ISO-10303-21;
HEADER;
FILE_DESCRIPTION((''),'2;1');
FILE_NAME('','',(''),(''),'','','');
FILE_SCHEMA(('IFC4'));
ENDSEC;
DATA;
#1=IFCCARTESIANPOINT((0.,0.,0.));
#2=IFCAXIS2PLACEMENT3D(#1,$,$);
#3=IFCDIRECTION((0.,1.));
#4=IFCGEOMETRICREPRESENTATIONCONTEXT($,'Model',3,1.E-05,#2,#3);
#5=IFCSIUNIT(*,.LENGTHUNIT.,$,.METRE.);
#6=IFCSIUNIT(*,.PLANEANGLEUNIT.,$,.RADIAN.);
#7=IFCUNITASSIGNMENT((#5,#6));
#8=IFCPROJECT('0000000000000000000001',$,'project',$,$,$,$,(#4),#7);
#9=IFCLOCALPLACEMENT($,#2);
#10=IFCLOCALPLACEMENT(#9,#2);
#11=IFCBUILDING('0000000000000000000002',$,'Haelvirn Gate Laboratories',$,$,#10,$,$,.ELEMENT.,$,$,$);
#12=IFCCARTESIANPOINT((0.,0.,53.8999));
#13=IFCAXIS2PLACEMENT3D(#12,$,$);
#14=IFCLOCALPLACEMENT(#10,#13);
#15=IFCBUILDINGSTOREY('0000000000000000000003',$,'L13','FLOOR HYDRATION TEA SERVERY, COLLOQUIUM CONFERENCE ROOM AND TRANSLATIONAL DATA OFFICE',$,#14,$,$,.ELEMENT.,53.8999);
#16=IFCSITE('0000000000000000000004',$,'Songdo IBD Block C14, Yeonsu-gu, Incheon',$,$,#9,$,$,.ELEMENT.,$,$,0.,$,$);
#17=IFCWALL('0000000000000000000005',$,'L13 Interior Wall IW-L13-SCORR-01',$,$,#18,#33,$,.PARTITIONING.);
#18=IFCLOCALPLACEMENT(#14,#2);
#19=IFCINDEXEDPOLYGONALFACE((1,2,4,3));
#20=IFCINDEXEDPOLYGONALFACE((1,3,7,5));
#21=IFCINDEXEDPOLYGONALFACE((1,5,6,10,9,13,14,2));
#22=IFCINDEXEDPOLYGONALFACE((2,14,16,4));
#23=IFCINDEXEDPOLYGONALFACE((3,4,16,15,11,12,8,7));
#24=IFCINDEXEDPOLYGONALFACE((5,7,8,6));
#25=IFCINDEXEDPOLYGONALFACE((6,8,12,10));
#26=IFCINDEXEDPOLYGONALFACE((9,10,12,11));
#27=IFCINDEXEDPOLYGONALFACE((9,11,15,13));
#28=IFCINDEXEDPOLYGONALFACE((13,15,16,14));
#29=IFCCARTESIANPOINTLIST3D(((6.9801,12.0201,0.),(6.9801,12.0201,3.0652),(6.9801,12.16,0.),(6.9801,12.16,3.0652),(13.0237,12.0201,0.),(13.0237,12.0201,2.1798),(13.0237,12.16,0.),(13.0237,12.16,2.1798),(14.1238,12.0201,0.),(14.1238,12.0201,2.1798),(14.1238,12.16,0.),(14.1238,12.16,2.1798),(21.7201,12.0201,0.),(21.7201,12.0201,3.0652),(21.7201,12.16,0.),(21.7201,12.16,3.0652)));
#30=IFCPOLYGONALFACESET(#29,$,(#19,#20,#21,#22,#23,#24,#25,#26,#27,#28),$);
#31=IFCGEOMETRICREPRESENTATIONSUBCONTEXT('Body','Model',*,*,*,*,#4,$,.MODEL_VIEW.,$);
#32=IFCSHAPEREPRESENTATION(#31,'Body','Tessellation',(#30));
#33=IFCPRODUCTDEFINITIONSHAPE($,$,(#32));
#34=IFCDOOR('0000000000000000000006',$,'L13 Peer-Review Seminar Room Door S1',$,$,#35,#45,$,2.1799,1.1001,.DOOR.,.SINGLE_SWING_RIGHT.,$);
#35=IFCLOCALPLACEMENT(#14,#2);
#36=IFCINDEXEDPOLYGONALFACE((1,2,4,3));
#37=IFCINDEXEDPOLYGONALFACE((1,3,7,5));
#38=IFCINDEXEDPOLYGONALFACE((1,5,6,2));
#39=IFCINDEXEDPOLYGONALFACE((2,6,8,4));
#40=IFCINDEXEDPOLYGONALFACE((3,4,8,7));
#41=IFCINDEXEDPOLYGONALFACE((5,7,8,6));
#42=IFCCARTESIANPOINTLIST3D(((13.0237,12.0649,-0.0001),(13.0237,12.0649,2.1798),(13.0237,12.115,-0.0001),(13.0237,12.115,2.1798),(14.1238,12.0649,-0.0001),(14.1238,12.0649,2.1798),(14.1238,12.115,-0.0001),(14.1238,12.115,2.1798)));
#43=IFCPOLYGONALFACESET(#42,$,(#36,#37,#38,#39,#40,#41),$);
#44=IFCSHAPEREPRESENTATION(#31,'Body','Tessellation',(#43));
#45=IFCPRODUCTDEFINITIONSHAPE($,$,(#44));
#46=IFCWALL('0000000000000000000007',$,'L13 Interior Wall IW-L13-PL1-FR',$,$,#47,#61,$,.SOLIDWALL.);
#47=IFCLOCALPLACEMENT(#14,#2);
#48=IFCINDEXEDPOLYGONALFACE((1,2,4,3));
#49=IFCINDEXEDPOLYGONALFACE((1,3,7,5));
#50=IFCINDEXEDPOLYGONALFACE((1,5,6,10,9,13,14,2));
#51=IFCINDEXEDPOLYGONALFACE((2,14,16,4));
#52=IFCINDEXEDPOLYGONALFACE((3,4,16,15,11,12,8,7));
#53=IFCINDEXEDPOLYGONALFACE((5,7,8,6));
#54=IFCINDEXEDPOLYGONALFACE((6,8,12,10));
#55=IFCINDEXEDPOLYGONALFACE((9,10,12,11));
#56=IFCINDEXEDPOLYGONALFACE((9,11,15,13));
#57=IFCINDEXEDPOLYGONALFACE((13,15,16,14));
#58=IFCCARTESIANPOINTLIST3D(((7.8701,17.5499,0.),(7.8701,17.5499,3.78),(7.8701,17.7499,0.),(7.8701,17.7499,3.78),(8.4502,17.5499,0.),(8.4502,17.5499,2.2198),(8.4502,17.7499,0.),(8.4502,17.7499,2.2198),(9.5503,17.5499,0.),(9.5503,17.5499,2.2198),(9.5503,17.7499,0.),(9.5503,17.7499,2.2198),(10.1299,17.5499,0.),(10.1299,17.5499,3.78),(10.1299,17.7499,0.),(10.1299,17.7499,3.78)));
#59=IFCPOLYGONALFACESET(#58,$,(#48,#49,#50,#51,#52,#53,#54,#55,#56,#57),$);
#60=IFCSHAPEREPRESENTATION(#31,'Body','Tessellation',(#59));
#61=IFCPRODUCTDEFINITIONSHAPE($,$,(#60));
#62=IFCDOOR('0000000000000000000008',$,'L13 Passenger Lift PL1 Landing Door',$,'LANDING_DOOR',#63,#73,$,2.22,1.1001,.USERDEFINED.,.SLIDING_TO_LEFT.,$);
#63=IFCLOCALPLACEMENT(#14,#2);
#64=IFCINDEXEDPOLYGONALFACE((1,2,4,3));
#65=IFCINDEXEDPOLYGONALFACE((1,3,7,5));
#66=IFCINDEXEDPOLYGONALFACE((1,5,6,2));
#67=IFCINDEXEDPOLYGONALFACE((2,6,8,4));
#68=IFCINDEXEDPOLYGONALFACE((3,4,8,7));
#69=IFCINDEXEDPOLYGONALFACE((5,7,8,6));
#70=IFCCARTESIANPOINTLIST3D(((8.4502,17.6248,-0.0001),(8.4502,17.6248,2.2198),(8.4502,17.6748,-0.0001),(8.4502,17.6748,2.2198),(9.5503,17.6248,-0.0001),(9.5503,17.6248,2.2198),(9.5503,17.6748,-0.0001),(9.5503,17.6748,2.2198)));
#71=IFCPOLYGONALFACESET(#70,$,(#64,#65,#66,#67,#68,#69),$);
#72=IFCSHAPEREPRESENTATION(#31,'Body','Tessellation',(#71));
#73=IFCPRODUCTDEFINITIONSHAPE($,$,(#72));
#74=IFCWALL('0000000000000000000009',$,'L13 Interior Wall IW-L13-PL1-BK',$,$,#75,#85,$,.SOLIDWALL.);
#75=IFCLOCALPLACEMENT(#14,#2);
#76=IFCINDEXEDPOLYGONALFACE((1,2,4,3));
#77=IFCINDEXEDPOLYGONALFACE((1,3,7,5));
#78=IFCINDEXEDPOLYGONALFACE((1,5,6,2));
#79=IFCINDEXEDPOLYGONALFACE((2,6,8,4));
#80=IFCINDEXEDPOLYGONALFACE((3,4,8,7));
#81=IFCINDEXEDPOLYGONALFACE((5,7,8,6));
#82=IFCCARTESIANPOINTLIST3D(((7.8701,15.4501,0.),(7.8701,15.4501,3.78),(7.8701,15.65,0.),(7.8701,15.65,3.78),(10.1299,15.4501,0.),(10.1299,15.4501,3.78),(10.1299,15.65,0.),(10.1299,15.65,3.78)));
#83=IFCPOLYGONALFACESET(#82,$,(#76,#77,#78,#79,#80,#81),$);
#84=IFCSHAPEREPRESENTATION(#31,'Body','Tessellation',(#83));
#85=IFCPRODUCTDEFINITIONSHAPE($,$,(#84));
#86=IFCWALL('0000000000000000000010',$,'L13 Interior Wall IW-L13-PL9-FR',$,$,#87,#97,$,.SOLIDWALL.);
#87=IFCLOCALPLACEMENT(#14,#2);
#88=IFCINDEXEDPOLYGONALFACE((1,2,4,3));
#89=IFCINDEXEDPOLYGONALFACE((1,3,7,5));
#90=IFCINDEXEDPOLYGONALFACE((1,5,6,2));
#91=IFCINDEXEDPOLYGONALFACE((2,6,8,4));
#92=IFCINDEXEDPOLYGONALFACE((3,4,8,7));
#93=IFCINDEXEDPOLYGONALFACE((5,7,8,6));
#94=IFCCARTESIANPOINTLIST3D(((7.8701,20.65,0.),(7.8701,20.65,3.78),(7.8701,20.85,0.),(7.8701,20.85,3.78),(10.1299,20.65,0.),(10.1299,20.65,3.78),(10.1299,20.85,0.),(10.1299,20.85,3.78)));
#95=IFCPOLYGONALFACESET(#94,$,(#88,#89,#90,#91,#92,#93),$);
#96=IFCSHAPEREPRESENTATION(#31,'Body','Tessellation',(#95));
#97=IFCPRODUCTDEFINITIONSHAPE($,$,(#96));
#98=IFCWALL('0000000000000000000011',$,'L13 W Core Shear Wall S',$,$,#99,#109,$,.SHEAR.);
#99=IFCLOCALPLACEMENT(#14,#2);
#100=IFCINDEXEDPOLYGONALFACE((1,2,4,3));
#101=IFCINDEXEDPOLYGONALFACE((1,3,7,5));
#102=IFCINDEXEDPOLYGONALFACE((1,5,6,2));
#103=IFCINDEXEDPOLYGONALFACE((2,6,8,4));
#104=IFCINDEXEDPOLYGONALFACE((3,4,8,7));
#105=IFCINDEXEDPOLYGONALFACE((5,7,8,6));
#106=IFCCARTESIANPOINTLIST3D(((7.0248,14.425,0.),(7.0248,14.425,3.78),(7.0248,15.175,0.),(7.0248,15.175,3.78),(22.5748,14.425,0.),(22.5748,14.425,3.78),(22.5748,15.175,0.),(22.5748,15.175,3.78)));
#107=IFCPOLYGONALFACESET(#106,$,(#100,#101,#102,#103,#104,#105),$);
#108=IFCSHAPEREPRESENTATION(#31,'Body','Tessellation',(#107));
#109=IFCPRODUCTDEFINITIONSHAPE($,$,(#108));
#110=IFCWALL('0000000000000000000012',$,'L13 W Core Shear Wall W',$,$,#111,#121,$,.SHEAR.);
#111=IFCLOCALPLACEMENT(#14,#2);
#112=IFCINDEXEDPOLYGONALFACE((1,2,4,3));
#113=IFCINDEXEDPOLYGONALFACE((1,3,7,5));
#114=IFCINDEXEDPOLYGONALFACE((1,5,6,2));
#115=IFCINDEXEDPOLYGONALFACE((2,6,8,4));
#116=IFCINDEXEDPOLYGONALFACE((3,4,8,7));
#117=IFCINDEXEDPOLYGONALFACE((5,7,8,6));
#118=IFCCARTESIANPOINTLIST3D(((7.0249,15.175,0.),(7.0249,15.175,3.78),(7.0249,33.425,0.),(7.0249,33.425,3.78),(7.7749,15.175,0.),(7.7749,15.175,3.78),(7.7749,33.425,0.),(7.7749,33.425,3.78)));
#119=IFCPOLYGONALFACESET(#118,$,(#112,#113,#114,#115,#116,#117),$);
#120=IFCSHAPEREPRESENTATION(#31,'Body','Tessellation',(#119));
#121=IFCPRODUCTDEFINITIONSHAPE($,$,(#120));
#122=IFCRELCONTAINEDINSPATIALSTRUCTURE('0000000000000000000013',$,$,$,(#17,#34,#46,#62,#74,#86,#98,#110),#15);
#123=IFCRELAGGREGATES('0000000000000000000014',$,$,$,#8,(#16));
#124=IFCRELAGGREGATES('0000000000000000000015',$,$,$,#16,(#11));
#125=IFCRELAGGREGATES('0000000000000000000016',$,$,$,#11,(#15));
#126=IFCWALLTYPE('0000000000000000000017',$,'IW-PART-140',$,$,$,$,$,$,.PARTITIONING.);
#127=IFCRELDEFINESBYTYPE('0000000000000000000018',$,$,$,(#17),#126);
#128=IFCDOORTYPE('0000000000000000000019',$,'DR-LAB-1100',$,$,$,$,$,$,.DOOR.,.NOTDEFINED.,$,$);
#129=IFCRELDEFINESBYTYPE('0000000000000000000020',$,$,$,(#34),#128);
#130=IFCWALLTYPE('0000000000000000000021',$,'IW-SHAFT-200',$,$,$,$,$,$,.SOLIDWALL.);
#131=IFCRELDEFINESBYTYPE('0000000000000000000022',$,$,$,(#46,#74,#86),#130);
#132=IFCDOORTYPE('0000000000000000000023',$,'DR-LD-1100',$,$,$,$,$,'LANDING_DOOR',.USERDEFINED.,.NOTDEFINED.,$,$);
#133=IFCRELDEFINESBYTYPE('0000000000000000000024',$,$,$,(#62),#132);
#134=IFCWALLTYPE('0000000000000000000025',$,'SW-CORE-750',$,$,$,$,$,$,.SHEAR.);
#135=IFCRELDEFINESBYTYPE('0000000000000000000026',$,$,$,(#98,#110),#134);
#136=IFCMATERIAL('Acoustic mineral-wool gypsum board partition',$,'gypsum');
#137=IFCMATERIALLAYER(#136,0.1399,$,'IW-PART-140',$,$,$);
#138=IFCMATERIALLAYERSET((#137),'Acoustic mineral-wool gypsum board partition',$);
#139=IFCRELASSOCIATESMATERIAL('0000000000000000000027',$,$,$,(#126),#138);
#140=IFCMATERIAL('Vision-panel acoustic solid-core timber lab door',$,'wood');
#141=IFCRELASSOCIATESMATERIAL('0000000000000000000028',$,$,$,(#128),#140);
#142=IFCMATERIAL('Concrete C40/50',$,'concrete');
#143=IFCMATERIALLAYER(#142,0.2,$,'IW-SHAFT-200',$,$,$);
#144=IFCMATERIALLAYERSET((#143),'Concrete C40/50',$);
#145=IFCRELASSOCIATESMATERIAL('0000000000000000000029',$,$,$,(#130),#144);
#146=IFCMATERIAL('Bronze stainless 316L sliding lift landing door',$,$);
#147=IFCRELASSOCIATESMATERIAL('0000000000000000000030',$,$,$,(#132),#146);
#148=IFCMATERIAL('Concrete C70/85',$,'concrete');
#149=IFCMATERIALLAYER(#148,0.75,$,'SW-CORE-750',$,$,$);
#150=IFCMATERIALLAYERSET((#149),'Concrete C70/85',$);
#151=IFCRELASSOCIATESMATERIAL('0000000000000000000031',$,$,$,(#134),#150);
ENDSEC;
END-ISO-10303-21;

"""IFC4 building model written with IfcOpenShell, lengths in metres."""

from ifc_helpers import new_model, si_unit, direction, frame, frame_2d, origin, place, context, subcontext, project, spatial, rectangle, extrude, source, transform, mapped, material, layer, layer_set, type_object, type_shapes, element, fill, save


model = new_model("IFC4")

# Units and contexts
model_context = context("Model", 3, precision=1e-05, world=origin(), true_north=direction((0.0, 1.0)))
body_context = subcontext(model_context, "Body", "Model", "MODEL_VIEW")
ifc_project = project(units=[si_unit("LENGTHUNIT", "METRE"), si_unit("PLANEANGLEUNIT", "RADIAN")], contexts=[model_context])

# Site, building, storey
site_placement = place(None, origin())
site = spatial("IfcSite", under=ifc_project, at=site_placement, Name="Songdo IBD Block C14, Yeonsu-gu, Incheon", CompositionType="ELEMENT", RefElevation=0.0)
building_placement = place(site_placement, origin())
building = spatial("IfcBuilding", under=site, at=building_placement, Name="Haelvirn Gate Laboratories", CompositionType="ELEMENT")
storey_placement = place(building_placement, frame((0.0, 0.0, 53.8999)))
storey = spatial("IfcBuildingStorey", under=building, at=storey_placement, Name="L13", Description="FLOOR HYDRATION TEA SERVERY, COLLOQUIUM CONFERENCE ROOM AND TRANSLATIONAL DATA OFFICE", CompositionType="ELEMENT", Elevation=53.8999)

# Shared definitions
ifc_material_1 = material(Name="Concrete C70/85", Category="concrete")

# Walls, openings, doors
ifc_material_2 = material(Name="Acoustic mineral-wool gypsum board partition", Category="gypsum")
ifc_layer_1 = layer(ifc_material_2, 0.1399, Name="IW-PART-140")
ifc_layer_set_1 = layer_set([ifc_layer_1], Name="Acoustic mineral-wool gypsum board partition")
wall_type_1 = type_object("IfcWallType", Name="IW-PART-140", PredefinedType="PARTITIONING", material=ifc_layer_set_1)
wall_1_placement = place(storey_placement, frame((6.98, 12.0901, 0.0), z_axis=(0.0, 0.0, 1.0), x_axis=(1.0, 0.0, 0.0)))
wall_1 = element("IfcWall", 1, at=wall_1_placement, inside=storey, type_object=wall_type_1, Name="L13 Interior Wall IW-L13-SCORR-01", PredefinedType="PARTITIONING", context=body_context, shape_type="SweptSolid", body=[
    extrude(rectangle(XDim=14.74, YDim=0.1399, at=frame_2d((7.3701, 0.0))), origin(), (0.0, 0.0, 1.0), 3.0652),
])
opening_1_placement = place(wall_1_placement, frame((6.0437, 0.0, 0.0)))
opening_1 = element("IfcOpeningElement", 2, at=opening_1_placement, cuts=wall_1, PredefinedType="OPENING", context=body_context, shape_type="SweptSolid", body=[
    extrude(rectangle(XDim=1.1001, YDim=2.1799, at=frame_2d((0.55, 1.0898))), frame((0.0, 0.0801, 0.0), z_axis=(0.0, -1.0, 0.0), x_axis=(1.0, 0.0, 0.0)), (0.0, 0.0, 1.0), 0.1599),
])
ifc_material_3 = material(Name="Vision-panel acoustic solid-core timber lab door", Category="wood")
door_type_1 = type_object("IfcDoorType", Name="DR-LAB-1100", OperationType="NOTDEFINED", PredefinedType="DOOR", material=ifc_material_3)
shared_shape_1 = source(origin(), body_context, "Body", "SweptSolid", [
    extrude(rectangle(XDim=1.1001, YDim=2.1799, at=frame_2d((0.55, 1.0898))), frame((0.0, 0.0249, 0.0), z_axis=(0.0, -1.0, 0.0), x_axis=(1.0, 0.0, 0.0)), (0.0, 0.0, 1.0), 0.05),
])
type_shapes(door_type_1, [shared_shape_1])
door_1_placement = place(opening_1_placement, origin())
door_1 = element("IfcDoor", 3, at=door_1_placement, inside=storey, type_object=door_type_1, Name="L13 Peer-Review Seminar Room Door S1", OperationType="SINGLE_SWING_RIGHT", OverallHeight=2.1799, OverallWidth=1.1001, PredefinedType="DOOR", context=body_context, shape_type="MappedRepresentation", body=[
    mapped(shared_shape_1, transform((0.0, 0.0, 0.0), scale=1.0)),
])
fill(opening_1, door_1)
ifc_material_4 = material(Name="Concrete C40/50", Category="concrete")
ifc_layer_2 = layer(ifc_material_4, 0.2, Name="IW-SHAFT-200")
ifc_layer_set_2 = layer_set([ifc_layer_2], Name="Concrete C40/50")
wall_type_2 = type_object("IfcWallType", Name="IW-SHAFT-200", PredefinedType="SOLIDWALL", material=ifc_layer_set_2)
wall_2_placement = place(storey_placement, frame((7.8701, 17.6499, 0.0), z_axis=(0.0, 0.0, 1.0), x_axis=(1.0, 0.0, 0.0)))
wall_2 = element("IfcWall", 4, at=wall_2_placement, inside=storey, type_object=wall_type_2, Name="L13 Interior Wall IW-L13-PL1-FR", PredefinedType="SOLIDWALL", context=body_context, shape_type="SweptSolid", body=[
    extrude(rectangle(XDim=2.2598, YDim=0.2, at=frame_2d((1.1299, 0.0))), origin(), (0.0, 0.0, 1.0), 3.78),
])
opening_2_placement = place(wall_2_placement, frame((0.5801, 0.0, 0.0)))
opening_2 = element("IfcOpeningElement", 5, at=opening_2_placement, cuts=wall_2, PredefinedType="OPENING", context=body_context, shape_type="SweptSolid", body=[
    extrude(rectangle(XDim=1.1001, YDim=2.22, at=frame_2d((0.55, 1.1099))), frame((0.0, 0.1099, 0.0), z_axis=(0.0, -1.0, 0.0), x_axis=(1.0, 0.0, 0.0)), (0.0, 0.0, 1.0), 0.22),
])
ifc_material_5 = material(Name="Bronze stainless 316L sliding lift landing door")
door_type_2 = type_object("IfcDoorType", Name="DR-LD-1100", ElementType="LANDING_DOOR", OperationType="NOTDEFINED", PredefinedType="USERDEFINED", material=ifc_material_5)
shared_shape_2 = source(origin(), body_context, "Body", "SweptSolid", [
    extrude(rectangle(XDim=1.1001, YDim=2.22, at=frame_2d((0.55, 1.1099))), frame((0.0, 0.0249, 0.0), z_axis=(0.0, -1.0, 0.0), x_axis=(1.0, 0.0, 0.0)), (0.0, 0.0, 1.0), 0.05),
])
type_shapes(door_type_2, [shared_shape_2])
door_2_placement = place(opening_2_placement, origin())
door_2 = element("IfcDoor", 6, at=door_2_placement, inside=storey, type_object=door_type_2, Name="L13 Passenger Lift PL1 Landing Door", ObjectType="LANDING_DOOR", OperationType="SLIDING_TO_LEFT", OverallHeight=2.22, OverallWidth=1.1001, PredefinedType="USERDEFINED", context=body_context, shape_type="MappedRepresentation", body=[
    mapped(shared_shape_2, transform((0.0, 0.0, 0.0), scale=1.0)),
])
fill(opening_2, door_2)

# Walls
for number, where, z_axis, x_axis, name in (
    (7, (7.8701, 15.55, 0.0), (0.0, 0.0, 1.0), (1.0, 0.0, 0.0), "L13 Interior Wall IW-L13-PL1-BK"),
    (8, (7.8701, 20.75, 0.0), (0.0, 0.0, 1.0), (1.0, 0.0, 0.0), "L13 Interior Wall IW-L13-PL9-FR"),
):
    element("IfcWall", number, at=place(storey_placement, frame(where, z_axis=z_axis, x_axis=x_axis)), inside=storey, type_object=wall_type_2, Name=name, PredefinedType="SOLIDWALL", context=body_context, shape_type="SweptSolid", body=[
        extrude(rectangle(XDim=2.2598, YDim=0.2, at=frame_2d((1.1299, 0.0))), origin(), (0.0, 0.0, 1.0), 3.78),
    ])
ifc_layer_3 = layer(ifc_material_1, 0.75, Name="SW-CORE-750")
ifc_layer_set_3 = layer_set([ifc_layer_3], Name="Concrete C70/85")
wall_type_3 = type_object("IfcWallType", Name="SW-CORE-750", PredefinedType="SHEAR", material=ifc_layer_set_3)
wall_3_placement = place(storey_placement, frame((7.0249, 14.8, 0.0), z_axis=(0.0, 0.0, 1.0), x_axis=(1.0, 0.0, 0.0)))
element("IfcWall", 9, at=wall_3_placement, inside=storey, type_object=wall_type_3, Name="L13 W Core Shear Wall S", PredefinedType="SHEAR", context=body_context, shape_type="SweptSolid", body=[
    extrude(rectangle(XDim=15.55, YDim=0.75, at=frame_2d((7.7749, 0.0))), origin(), (0.0, 0.0, 1.0), 3.78),
])
wall_4_placement = place(storey_placement, frame((7.3999, 15.175, 0.0), z_axis=(0.0, 0.0, 1.0), x_axis=(0.0, 1.0, 0.0)))
element("IfcWall", 10, at=wall_4_placement, inside=storey, type_object=wall_type_3, Name="L13 W Core Shear Wall W", PredefinedType="SHEAR", context=body_context, shape_type="SweptSolid", body=[
    extrude(rectangle(XDim=18.25, YDim=0.75, at=frame_2d((9.125, 0.0))), origin(), (0.0, 0.0, 1.0), 3.78),
])

save(model, "model.ifc")
